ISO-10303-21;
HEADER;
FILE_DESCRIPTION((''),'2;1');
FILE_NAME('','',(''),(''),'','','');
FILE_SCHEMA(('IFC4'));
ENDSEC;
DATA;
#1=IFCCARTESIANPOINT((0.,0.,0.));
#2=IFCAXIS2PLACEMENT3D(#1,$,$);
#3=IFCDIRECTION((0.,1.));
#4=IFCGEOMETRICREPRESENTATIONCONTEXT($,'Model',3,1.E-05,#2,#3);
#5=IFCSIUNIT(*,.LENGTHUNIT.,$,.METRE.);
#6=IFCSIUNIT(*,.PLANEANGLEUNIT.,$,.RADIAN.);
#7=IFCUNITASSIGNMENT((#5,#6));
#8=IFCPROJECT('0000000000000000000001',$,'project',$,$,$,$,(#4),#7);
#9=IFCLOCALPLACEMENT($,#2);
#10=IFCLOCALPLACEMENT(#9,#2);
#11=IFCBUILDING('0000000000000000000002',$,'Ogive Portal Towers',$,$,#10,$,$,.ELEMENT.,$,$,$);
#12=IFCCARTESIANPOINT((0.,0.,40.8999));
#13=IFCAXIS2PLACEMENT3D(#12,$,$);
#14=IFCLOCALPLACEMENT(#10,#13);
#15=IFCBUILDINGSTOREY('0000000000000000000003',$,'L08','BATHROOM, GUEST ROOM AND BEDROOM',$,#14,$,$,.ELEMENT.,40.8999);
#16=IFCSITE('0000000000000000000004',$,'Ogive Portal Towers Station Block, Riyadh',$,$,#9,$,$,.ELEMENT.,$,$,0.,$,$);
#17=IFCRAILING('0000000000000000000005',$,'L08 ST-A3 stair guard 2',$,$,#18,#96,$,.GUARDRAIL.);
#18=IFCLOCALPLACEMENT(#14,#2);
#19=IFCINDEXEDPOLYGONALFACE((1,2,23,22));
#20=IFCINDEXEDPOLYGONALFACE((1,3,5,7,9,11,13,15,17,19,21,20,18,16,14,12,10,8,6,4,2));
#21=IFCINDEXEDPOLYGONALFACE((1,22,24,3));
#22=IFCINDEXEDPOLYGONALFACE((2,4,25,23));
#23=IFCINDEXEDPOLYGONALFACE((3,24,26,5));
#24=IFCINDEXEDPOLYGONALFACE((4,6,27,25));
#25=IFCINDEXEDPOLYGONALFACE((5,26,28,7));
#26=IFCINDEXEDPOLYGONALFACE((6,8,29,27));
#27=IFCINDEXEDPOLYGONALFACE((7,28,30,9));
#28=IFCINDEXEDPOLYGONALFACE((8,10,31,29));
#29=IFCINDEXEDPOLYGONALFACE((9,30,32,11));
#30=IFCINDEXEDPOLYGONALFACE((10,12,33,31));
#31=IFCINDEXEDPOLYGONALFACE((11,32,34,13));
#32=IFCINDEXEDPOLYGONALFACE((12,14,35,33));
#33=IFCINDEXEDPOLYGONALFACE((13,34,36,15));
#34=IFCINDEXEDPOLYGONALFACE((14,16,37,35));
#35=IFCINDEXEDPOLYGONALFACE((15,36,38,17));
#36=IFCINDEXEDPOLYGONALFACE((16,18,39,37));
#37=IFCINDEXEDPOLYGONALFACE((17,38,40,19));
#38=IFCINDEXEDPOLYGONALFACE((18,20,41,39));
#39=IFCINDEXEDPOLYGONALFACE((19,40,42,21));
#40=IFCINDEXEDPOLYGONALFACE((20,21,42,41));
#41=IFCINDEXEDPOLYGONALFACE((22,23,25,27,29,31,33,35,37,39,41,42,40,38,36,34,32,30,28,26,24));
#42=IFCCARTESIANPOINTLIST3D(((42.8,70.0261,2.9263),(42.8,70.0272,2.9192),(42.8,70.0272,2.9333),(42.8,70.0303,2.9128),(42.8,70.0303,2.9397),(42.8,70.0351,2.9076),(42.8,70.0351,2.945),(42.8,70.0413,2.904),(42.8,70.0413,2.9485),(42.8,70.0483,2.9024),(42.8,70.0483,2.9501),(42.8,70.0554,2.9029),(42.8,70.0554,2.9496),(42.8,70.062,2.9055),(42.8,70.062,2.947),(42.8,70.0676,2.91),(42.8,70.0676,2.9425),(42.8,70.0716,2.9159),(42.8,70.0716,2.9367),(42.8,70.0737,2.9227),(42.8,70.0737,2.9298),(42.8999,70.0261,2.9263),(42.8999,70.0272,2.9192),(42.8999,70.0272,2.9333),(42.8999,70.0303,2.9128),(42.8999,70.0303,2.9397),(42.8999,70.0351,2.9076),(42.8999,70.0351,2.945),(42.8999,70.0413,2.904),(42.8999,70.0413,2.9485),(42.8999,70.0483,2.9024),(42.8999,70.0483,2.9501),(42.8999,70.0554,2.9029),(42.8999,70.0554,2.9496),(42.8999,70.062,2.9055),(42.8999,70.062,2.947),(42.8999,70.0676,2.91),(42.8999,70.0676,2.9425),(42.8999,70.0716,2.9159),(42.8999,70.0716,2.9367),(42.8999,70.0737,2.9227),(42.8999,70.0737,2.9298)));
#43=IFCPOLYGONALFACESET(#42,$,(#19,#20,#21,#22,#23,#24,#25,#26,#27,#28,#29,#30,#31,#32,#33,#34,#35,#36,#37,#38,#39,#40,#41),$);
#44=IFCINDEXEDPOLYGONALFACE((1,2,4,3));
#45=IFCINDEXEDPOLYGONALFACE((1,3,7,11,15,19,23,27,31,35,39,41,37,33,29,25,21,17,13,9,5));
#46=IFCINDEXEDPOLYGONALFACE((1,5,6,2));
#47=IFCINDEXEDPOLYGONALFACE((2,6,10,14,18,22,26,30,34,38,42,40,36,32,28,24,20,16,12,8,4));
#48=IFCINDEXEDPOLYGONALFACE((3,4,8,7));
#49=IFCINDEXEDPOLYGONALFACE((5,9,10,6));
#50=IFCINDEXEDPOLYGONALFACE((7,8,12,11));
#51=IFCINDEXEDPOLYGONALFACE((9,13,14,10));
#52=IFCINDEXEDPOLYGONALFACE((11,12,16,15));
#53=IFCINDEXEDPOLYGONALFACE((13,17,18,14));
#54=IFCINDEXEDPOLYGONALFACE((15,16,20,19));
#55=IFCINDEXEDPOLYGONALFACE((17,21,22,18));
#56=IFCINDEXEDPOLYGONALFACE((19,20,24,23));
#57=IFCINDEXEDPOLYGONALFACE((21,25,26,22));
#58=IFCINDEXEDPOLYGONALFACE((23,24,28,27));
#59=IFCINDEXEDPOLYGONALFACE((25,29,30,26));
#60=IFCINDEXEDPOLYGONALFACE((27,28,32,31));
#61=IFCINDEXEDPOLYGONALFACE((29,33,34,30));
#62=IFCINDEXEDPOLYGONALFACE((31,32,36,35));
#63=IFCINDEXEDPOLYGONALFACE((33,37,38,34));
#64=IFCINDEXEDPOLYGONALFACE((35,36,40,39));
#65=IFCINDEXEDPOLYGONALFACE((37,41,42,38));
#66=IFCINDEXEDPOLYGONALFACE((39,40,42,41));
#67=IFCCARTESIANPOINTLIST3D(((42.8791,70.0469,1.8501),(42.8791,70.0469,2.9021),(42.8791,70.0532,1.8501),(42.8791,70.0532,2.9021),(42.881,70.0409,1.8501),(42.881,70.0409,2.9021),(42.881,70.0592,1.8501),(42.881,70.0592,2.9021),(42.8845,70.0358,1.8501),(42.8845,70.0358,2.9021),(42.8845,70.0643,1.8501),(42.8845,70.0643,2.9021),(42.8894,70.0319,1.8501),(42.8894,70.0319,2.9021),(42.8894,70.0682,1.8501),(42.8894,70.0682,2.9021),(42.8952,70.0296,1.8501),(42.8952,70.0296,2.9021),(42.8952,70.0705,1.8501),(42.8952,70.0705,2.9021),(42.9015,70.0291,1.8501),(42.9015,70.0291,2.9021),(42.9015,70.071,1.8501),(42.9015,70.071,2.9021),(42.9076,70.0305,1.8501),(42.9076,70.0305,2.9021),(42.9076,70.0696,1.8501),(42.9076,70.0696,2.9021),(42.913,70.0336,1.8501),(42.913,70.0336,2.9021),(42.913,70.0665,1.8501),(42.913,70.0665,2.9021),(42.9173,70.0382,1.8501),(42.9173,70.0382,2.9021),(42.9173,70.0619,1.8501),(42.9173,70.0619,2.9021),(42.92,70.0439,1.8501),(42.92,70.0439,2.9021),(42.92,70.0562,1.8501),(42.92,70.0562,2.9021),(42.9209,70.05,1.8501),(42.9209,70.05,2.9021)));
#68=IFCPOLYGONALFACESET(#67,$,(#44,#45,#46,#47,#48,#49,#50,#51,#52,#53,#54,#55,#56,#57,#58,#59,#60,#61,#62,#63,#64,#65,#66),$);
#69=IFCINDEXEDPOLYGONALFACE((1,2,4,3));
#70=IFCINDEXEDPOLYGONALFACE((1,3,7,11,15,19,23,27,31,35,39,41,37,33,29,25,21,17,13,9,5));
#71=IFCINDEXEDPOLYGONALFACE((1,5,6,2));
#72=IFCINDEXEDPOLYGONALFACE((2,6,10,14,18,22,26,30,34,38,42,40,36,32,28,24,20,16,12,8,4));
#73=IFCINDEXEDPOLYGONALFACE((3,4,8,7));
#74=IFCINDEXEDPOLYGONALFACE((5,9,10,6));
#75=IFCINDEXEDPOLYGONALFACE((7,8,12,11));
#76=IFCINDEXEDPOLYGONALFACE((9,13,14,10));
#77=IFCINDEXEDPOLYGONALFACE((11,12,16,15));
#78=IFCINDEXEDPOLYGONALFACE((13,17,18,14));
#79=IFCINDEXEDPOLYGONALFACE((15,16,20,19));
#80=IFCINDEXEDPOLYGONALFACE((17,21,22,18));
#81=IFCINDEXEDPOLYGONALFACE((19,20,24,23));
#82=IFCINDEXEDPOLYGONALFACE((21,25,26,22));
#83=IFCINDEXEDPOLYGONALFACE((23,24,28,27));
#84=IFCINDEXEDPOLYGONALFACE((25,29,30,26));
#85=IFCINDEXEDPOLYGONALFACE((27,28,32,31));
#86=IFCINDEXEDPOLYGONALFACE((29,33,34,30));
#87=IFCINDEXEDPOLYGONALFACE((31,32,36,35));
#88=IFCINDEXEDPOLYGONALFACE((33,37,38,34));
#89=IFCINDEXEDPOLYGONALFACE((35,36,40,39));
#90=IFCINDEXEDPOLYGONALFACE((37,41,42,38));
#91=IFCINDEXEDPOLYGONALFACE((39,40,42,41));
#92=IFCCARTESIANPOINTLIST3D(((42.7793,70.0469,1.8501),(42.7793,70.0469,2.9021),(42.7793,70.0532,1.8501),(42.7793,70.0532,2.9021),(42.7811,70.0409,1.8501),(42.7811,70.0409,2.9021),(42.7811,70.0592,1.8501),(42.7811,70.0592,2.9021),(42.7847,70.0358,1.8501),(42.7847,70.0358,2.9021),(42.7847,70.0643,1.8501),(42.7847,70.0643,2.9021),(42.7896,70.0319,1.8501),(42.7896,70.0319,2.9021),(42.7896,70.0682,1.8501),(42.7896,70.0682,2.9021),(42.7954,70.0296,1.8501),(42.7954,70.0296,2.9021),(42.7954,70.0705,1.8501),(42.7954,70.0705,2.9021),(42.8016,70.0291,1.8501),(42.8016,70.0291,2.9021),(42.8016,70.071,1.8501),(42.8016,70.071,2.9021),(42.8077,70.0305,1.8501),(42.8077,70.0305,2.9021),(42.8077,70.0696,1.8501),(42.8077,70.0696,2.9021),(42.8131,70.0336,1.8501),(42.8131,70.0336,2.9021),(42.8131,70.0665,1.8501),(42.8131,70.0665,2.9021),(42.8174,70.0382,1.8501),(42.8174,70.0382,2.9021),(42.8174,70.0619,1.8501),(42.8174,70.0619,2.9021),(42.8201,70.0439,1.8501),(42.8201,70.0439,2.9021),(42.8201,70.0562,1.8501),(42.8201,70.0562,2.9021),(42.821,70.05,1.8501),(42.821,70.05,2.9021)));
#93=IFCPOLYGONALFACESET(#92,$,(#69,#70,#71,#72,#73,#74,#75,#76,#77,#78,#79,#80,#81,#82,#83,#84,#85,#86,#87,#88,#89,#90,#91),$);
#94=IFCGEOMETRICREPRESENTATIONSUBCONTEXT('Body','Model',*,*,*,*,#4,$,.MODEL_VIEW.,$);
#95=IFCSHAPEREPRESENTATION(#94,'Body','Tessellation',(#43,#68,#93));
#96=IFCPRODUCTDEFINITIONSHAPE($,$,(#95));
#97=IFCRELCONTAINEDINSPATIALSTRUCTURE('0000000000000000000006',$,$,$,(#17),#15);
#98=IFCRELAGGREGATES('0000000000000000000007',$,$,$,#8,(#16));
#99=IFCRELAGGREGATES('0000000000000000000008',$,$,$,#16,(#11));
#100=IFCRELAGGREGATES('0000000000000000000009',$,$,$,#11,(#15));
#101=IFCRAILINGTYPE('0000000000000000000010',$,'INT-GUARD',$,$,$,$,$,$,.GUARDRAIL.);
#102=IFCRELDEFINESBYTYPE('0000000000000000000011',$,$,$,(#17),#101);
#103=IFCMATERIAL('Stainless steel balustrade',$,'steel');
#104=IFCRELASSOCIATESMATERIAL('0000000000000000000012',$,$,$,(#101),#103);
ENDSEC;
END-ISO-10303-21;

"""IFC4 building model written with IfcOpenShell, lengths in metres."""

from ifc_helpers import new_model, si_unit, direction, frame, origin, origin_2d, place, context, subcontext, project, spatial, circle, extrude, material, type_object, element, save


model = new_model("IFC4")

# Units and contexts
model_context = context("Model", 3, precision=1e-05, world=origin(), true_north=direction((0.0, 1.0)))
body_context = subcontext(model_context, "Body", "Model", "MODEL_VIEW")
ifc_project = project(units=[si_unit("LENGTHUNIT", "METRE"), si_unit("PLANEANGLEUNIT", "RADIAN")], contexts=[model_context])

# Site, building, storey
site_placement = place(None, origin())
site = spatial("IfcSite", under=ifc_project, at=site_placement, Name="Ogive Portal Towers Station Block, Riyadh", CompositionType="ELEMENT", RefElevation=0.0)
building_placement = place(site_placement, origin())
building = spatial("IfcBuilding", under=site, at=building_placement, Name="Ogive Portal Towers", CompositionType="ELEMENT")
storey_placement = place(building_placement, frame((0.0, 0.0, 40.8999)))
storey = spatial("IfcBuildingStorey", under=building, at=storey_placement, Name="L08", Description="BATHROOM, GUEST ROOM AND BEDROOM", CompositionType="ELEMENT", Elevation=40.8999)

# Railing
ifc_material_1 = material(Name="Stainless steel balustrade", Category="steel")
railing_type_1 = type_object("IfcRailingType", Name="INT-GUARD", PredefinedType="GUARDRAIL", material=ifc_material_1)
railing_1_placement = place(storey_placement, frame((42.8999, 70.05, 1.8501)))
element("IfcRailing", 1, at=railing_1_placement, inside=storey, type_object=railing_type_1, Name="L08 ST-A3 stair guard 2", PredefinedType="GUARDRAIL", context=body_context, shape_type="SweptSolid", body=[
    extrude(circle(Radius=0.0239, at=origin_2d()), frame((0.0, 0.0, 1.0762), z_axis=(-1.0, 0.0, 0.0), x_axis=(0.0, -1.0, 0.0)), (0.0, 0.0, 1.0), 0.0999),
    extrude(circle(Radius=0.021, at=origin_2d()), origin(), (0.0, 0.0, 1.0), 1.052),
    extrude(circle(Radius=0.021, at=origin_2d()), frame((-0.0999, 0.0, 0.0)), (0.0, 0.0, 1.0), 1.052),
])

save(model, "model.ifc")
